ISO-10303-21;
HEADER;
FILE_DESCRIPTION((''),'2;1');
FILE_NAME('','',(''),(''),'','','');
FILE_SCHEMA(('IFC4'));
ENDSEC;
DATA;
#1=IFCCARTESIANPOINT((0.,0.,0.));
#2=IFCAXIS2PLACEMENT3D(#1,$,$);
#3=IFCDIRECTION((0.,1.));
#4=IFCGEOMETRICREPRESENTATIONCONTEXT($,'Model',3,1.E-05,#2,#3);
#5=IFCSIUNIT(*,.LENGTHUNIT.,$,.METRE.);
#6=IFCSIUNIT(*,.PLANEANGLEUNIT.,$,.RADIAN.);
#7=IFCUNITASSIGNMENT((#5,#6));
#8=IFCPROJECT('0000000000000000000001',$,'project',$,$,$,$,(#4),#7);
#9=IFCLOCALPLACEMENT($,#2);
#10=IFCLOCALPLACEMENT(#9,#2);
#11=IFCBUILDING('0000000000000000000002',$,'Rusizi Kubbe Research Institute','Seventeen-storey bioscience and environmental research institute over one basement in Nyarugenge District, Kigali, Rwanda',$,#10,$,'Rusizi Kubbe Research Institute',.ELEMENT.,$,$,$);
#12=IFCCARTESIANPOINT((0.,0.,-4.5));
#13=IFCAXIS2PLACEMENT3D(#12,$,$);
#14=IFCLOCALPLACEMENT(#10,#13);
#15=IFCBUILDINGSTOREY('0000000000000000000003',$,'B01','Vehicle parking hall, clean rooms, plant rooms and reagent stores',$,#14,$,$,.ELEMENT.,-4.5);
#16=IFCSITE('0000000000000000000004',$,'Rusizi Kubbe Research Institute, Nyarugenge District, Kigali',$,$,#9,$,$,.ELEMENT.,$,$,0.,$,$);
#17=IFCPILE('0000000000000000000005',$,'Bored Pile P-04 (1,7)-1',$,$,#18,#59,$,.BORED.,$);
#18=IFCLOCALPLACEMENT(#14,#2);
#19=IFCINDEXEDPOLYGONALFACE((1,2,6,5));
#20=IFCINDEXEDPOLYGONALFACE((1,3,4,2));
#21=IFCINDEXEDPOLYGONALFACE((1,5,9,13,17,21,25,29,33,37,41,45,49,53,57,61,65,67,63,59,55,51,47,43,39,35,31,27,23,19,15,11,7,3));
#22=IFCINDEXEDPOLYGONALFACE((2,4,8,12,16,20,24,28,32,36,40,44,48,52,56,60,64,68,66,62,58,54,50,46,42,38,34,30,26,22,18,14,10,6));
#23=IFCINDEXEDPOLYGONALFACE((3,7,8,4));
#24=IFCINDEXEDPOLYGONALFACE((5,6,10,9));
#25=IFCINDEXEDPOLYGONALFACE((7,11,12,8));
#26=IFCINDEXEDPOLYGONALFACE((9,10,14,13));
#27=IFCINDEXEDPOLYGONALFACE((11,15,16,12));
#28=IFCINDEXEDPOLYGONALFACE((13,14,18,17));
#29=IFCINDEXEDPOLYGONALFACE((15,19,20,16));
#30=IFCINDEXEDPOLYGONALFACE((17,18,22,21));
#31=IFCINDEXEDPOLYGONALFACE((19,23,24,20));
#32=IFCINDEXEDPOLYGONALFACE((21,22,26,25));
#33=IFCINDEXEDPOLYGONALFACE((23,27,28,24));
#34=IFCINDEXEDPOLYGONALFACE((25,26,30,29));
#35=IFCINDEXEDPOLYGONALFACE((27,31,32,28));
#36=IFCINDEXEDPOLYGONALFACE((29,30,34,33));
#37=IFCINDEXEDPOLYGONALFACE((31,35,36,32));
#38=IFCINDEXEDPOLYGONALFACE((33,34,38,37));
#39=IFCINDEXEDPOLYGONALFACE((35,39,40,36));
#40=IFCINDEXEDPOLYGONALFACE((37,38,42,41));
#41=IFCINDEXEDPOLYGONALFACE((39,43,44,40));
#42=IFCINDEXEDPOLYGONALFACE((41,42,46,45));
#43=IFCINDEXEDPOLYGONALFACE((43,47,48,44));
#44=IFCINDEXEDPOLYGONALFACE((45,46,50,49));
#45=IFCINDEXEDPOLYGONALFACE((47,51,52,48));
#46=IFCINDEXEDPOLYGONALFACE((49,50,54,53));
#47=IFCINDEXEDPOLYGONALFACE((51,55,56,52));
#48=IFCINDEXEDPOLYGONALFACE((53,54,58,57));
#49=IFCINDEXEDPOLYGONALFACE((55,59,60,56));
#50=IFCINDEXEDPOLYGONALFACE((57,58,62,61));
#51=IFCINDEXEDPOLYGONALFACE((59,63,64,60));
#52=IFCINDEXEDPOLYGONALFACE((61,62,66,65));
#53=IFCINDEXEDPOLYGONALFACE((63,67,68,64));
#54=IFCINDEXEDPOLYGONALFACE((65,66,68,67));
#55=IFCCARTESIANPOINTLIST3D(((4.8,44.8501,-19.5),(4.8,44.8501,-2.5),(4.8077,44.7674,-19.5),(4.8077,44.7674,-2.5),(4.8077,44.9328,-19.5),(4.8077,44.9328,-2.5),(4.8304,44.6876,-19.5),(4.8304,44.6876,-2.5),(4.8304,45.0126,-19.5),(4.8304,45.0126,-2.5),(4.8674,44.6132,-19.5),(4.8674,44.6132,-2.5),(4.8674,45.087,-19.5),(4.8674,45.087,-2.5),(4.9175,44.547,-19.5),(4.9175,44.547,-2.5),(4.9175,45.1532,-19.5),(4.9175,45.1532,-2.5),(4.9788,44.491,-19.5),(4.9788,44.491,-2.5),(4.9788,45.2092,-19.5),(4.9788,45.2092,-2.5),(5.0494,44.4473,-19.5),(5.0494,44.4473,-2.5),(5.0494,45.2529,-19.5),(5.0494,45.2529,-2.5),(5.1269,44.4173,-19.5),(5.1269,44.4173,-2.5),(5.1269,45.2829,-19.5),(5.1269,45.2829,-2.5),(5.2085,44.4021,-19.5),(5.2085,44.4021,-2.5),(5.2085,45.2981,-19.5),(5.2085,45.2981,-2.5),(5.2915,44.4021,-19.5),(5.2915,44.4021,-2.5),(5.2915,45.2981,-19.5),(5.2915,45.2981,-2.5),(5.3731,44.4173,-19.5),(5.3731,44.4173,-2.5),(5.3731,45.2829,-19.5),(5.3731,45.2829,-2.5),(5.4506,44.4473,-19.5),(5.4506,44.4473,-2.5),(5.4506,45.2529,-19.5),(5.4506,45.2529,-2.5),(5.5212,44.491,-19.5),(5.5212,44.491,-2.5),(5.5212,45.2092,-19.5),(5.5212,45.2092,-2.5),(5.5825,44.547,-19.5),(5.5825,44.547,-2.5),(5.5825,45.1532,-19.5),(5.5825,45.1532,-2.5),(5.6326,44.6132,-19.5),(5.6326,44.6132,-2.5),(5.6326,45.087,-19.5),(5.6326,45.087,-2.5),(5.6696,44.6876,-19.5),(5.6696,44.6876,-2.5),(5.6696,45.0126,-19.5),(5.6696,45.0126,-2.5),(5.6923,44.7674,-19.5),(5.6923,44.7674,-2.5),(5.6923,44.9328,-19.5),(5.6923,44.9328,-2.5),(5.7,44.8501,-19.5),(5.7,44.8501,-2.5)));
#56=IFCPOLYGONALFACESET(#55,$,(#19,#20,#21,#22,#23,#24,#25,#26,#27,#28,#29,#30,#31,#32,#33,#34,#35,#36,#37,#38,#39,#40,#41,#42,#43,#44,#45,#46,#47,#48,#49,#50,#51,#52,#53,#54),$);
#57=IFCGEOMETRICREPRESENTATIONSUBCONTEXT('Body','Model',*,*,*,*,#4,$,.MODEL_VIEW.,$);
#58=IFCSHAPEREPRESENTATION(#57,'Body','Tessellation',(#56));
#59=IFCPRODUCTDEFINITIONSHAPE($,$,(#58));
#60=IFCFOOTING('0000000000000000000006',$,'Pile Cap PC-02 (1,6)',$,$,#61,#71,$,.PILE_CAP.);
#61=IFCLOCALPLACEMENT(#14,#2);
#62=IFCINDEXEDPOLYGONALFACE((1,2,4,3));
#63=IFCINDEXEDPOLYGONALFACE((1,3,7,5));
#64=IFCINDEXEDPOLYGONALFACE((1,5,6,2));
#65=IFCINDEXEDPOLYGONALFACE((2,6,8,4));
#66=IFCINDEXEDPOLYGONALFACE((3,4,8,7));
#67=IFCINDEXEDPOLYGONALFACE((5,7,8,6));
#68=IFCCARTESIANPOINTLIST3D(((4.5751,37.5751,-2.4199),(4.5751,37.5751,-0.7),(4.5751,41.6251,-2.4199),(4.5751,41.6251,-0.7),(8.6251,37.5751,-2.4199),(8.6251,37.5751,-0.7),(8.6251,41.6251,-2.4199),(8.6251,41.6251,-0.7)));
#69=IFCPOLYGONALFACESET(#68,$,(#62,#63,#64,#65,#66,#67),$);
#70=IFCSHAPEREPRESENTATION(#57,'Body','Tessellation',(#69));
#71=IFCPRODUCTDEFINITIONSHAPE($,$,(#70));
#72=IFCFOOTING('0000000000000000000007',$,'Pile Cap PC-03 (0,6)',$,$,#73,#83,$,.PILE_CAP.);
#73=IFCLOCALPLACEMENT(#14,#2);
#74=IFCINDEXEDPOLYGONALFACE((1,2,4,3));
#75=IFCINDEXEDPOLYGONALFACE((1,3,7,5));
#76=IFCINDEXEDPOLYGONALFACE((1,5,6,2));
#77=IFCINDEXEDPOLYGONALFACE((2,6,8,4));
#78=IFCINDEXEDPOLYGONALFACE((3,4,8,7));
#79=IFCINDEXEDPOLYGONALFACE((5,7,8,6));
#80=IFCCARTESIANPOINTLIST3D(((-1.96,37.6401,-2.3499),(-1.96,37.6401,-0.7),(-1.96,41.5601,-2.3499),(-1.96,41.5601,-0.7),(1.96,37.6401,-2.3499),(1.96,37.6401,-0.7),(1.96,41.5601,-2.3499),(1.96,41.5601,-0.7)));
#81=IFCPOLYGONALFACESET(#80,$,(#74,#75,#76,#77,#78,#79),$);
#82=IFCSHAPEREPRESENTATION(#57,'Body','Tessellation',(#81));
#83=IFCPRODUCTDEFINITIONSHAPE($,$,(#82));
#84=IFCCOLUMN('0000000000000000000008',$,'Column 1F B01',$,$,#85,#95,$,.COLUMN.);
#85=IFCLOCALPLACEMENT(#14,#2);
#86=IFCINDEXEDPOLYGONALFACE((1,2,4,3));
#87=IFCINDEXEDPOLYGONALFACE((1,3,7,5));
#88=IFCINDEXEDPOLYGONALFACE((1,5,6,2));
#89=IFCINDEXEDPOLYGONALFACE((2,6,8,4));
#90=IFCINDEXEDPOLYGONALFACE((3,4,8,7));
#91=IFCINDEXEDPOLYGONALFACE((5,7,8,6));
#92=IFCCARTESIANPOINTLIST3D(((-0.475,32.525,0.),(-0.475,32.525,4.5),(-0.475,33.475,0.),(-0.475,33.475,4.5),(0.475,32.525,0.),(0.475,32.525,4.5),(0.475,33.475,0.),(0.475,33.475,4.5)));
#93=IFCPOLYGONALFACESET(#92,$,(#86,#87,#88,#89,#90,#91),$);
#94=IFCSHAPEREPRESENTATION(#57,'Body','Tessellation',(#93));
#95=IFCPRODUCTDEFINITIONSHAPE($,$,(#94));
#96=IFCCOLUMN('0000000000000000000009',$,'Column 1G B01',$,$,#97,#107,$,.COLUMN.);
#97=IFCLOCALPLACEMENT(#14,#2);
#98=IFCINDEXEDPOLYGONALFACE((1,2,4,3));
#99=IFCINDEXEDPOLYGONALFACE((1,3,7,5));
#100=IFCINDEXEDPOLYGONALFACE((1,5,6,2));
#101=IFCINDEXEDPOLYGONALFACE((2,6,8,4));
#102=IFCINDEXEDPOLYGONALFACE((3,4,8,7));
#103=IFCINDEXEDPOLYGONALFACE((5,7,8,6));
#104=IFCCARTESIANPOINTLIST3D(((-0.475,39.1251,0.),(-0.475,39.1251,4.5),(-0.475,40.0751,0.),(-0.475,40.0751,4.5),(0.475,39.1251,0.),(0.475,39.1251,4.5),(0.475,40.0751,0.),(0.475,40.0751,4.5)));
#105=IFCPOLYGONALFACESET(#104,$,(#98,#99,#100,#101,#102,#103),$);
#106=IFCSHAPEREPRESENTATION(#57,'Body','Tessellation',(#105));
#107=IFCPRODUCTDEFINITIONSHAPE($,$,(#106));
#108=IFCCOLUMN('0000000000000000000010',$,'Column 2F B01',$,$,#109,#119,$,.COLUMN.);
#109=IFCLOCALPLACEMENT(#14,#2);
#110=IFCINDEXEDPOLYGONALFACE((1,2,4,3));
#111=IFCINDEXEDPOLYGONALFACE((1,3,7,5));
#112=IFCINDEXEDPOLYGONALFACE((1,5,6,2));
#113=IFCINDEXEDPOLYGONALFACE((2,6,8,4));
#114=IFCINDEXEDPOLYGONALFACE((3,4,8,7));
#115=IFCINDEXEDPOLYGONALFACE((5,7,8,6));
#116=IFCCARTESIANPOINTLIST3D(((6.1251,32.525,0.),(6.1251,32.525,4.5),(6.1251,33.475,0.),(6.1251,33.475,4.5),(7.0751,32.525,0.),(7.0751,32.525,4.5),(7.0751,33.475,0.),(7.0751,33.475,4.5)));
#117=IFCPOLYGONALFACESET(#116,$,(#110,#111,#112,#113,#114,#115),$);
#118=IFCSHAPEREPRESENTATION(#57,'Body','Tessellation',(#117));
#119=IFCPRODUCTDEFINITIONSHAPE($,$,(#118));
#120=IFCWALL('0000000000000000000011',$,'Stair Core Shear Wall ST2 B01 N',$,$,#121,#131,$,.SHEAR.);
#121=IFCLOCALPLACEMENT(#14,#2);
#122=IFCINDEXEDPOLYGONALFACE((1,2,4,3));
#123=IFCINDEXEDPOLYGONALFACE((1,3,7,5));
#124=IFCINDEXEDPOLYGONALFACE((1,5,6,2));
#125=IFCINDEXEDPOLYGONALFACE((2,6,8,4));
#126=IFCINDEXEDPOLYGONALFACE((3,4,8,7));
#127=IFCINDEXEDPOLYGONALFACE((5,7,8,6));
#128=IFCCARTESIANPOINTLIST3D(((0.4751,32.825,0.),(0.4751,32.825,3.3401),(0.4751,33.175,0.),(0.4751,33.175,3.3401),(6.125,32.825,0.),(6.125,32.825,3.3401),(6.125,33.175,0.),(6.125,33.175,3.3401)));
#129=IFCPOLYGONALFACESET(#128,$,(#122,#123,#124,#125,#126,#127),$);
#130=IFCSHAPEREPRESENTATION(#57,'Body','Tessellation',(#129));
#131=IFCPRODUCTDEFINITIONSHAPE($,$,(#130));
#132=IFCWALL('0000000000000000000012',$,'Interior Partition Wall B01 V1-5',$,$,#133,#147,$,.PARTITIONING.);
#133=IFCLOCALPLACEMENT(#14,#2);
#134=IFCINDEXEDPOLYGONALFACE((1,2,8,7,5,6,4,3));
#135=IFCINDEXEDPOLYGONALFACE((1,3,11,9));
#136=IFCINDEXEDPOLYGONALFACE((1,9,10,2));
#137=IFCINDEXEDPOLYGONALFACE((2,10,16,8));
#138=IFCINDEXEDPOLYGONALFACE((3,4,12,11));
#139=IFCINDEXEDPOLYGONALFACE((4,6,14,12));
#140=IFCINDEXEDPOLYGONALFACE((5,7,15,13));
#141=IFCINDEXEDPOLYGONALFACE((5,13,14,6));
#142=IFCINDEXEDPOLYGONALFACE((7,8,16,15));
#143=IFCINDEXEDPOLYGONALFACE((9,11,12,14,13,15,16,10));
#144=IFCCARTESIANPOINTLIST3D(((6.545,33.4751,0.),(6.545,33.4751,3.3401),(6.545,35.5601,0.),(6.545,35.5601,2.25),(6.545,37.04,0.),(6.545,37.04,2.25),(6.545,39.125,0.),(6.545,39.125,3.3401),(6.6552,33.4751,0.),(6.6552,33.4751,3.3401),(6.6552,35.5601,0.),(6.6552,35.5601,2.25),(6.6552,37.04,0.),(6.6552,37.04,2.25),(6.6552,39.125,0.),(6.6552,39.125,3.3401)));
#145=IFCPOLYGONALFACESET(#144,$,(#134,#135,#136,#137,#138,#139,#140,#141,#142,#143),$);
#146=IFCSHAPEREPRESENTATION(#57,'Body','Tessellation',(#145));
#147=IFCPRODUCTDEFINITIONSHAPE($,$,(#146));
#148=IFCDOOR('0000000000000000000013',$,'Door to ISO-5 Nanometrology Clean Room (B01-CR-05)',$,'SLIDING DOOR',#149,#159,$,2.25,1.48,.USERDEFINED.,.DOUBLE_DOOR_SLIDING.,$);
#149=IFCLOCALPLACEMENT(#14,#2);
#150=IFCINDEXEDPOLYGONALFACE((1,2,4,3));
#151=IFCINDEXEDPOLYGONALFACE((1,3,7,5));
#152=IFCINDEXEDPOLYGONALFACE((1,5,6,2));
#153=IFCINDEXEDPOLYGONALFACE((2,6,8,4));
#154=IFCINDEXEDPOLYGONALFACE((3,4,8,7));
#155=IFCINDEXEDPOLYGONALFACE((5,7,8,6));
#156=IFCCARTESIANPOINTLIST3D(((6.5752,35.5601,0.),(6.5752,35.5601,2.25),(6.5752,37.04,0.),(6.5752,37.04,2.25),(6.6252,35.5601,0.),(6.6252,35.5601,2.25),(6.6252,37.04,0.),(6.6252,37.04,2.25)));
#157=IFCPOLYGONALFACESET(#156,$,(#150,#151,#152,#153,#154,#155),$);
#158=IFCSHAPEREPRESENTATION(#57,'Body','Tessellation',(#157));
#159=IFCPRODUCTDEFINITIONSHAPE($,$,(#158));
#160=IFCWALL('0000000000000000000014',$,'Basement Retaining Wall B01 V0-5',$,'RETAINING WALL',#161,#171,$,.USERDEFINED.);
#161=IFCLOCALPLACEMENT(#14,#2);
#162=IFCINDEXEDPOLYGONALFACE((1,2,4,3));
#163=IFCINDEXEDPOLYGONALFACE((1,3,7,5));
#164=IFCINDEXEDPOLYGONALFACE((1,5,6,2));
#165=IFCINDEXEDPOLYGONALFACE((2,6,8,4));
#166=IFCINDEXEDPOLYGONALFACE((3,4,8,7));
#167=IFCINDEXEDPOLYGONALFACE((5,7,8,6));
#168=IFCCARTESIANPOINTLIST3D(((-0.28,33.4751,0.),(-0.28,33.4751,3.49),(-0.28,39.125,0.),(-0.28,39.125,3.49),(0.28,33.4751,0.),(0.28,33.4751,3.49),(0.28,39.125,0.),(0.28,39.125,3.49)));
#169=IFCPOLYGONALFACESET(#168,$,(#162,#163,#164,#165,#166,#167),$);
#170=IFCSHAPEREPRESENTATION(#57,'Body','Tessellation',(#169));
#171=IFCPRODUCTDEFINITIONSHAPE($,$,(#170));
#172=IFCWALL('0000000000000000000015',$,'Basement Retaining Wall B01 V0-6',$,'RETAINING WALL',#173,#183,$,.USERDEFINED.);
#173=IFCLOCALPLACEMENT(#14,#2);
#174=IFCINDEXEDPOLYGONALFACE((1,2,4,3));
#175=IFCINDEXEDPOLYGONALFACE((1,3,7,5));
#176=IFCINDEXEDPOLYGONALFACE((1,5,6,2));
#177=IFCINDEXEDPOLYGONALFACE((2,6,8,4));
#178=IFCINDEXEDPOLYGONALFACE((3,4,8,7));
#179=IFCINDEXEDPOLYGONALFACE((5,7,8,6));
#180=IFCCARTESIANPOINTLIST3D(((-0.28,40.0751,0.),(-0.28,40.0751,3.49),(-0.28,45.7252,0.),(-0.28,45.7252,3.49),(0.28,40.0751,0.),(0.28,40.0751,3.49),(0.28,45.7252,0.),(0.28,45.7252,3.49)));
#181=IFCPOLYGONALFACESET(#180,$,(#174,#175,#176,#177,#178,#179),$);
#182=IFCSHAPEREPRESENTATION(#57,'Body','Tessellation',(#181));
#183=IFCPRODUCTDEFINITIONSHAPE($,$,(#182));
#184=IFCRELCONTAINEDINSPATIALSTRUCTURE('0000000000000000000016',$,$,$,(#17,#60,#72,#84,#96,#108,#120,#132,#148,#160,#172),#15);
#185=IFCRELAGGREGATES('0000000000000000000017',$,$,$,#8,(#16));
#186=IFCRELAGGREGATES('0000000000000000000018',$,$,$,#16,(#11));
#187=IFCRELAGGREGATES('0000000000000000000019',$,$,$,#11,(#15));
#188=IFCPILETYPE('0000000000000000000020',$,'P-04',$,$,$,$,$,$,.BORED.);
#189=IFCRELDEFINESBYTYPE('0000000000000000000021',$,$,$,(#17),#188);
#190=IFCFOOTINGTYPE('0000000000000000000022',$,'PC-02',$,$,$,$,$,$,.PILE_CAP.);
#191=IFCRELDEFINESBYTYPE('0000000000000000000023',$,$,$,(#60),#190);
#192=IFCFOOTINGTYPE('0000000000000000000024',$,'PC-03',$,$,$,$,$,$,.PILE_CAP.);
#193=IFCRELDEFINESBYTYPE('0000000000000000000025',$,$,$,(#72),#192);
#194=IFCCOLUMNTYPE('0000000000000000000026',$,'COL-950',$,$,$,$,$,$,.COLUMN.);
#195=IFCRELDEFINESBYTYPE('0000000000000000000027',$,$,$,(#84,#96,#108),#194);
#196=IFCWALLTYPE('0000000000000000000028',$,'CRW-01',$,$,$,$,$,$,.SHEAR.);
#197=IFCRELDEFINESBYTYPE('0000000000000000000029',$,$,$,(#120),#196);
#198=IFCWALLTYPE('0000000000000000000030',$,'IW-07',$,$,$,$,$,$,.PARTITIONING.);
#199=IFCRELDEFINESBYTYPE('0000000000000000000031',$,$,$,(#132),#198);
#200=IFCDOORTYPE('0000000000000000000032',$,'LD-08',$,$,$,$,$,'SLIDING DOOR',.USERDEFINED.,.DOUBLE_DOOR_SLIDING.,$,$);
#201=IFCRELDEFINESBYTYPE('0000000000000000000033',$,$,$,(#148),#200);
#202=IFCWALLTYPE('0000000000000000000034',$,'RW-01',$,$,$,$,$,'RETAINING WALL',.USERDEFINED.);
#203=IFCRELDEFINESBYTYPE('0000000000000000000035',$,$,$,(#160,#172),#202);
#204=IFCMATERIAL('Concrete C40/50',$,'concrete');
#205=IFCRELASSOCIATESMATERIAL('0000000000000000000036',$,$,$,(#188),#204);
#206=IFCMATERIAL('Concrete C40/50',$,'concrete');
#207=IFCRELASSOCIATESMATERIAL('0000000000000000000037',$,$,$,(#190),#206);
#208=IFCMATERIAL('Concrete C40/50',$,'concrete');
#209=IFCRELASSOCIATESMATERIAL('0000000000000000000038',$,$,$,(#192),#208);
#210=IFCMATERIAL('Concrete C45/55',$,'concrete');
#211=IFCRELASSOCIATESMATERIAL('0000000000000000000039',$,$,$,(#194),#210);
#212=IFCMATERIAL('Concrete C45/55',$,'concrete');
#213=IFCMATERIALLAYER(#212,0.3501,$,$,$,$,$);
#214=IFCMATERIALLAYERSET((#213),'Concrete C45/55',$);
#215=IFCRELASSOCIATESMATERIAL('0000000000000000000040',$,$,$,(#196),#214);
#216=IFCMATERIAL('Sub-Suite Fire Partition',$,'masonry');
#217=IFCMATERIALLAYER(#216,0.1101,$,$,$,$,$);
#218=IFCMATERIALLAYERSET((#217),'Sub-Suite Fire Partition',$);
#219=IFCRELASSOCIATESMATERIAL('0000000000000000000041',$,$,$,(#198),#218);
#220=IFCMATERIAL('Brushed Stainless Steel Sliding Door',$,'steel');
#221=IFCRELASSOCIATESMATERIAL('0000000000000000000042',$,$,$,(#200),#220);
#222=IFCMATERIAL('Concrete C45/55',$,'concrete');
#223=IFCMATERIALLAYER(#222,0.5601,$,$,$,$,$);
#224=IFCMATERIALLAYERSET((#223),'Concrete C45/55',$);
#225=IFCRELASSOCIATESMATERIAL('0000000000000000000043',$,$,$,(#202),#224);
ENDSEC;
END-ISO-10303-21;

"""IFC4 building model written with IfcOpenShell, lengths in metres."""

from ifc_helpers import new_model, si_unit, direction, frame, frame_2d, origin, origin_2d, place, context, subcontext, project, spatial, rectangle, circle, extrude, material, layer, layer_set, material_profile, profile_set, type_object, element, fill, save


model = new_model("IFC4")

# Units and contexts
model_context = context("Model", 3, precision=1e-05, world=origin(), true_north=direction((0.0, 1.0)))
body_context = subcontext(model_context, "Body", "Model", "MODEL_VIEW")
ifc_project = project(units=[si_unit("LENGTHUNIT", "METRE"), si_unit("PLANEANGLEUNIT", "RADIAN")], contexts=[model_context])

# Site, building, storey
site_placement = place(None, origin())
site = spatial("IfcSite", under=ifc_project, at=site_placement, Name="Rusizi Kubbe Research Institute, Nyarugenge District, Kigali", CompositionType="ELEMENT", RefElevation=0.0)
building_placement = place(site_placement, origin())
building = spatial("IfcBuilding", under=site, at=building_placement, Name="Rusizi Kubbe Research Institute", Description="Seventeen-storey bioscience and environmental research institute over one basement in Nyarugenge District, Kigali, Rwanda", LongName="Rusizi Kubbe Research Institute", CompositionType="ELEMENT")
storey_placement = place(building_placement, frame((0.0, 0.0, -4.5)))
storey = spatial("IfcBuildingStorey", under=building, at=storey_placement, Name="B01", Description="Vehicle parking hall, clean rooms, plant rooms and reagent stores", CompositionType="ELEMENT", Elevation=-4.5)

# Pile
ifc_material_1 = material(Name="Concrete C40/50", Category="concrete")
ifc_material_profile_1 = material_profile(ifc_material_1, circle(Radius=0.45, at=origin_2d()), Name="PILE-D900")
ifc_profile_set_1 = profile_set([ifc_material_profile_1], Name="Concrete C40/50")
pile_type_1 = type_object("IfcPileType", Name="P-04", PredefinedType="BORED", material=ifc_profile_set_1)
pile_placement = place(storey_placement, frame((5.25, 44.8501, -2.5), z_axis=(0.0, 0.0, -1.0), x_axis=(1.0, 0.0, 0.0)))
element("IfcPile", 1, at=pile_placement, inside=storey, type_object=pile_type_1, Name="Bored Pile P-04 (1,7)-1", PredefinedType="BORED", context=body_context, shape_type="SweptSolid", body=[
    extrude(circle(Radius=0.45, at=origin_2d()), origin(), (0.0, 0.0, 1.0), 17.0),
])

# Footings
ifc_material_2 = material(Name="Concrete C40/50", Category="concrete")
footing_type_1 = type_object("IfcFootingType", Name="PC-02", PredefinedType="PILE_CAP", material=ifc_material_2)
footing_1_placement = place(storey_placement, frame((6.6001, 39.6001, -2.4199), z_axis=(0.0, 0.0, 1.0), x_axis=(1.0, 0.0, 0.0)))
element("IfcFooting", 2, at=footing_1_placement, inside=storey, type_object=footing_type_1, Name="Pile Cap PC-02 (1,6)", PredefinedType="PILE_CAP", context=body_context, shape_type="SweptSolid", body=[
    extrude(rectangle(XDim=4.05, YDim=4.05, at=origin_2d()), origin(), (0.0, 0.0, 1.0), 1.72),
])
ifc_material_3 = material(Name="Concrete C40/50", Category="concrete")
footing_type_2 = type_object("IfcFootingType", Name="PC-03", PredefinedType="PILE_CAP", material=ifc_material_3)
footing_2_placement = place(storey_placement, frame((0.0, 39.6001, -2.3499), z_axis=(0.0, 0.0, 1.0), x_axis=(1.0, 0.0, 0.0)))
element("IfcFooting", 3, at=footing_2_placement, inside=storey, type_object=footing_type_2, Name="Pile Cap PC-03 (0,6)", PredefinedType="PILE_CAP", context=body_context, shape_type="SweptSolid", body=[
    extrude(rectangle(XDim=3.9199, YDim=3.9199, at=origin_2d()), origin(), (0.0, 0.0, 1.0), 1.6499),
])

# Columns
ifc_material_4 = material(Name="Concrete C45/55", Category="concrete")
ifc_material_profile_2 = material_profile(ifc_material_4, rectangle(XDim=0.95, YDim=0.95, at=origin_2d()), Name="RC950x950")
ifc_profile_set_2 = profile_set([ifc_material_profile_2], Name="Concrete C45/55")
column_type = type_object("IfcColumnType", Name="COL-950", PredefinedType="COLUMN", material=ifc_profile_set_2)
for number, where, z_axis, x_axis, name in (
    (4, (0.0, 33.0, 0.0), (0.0, 0.0, 1.0), (1.0, 0.0, 0.0), "Column 1F B01"),
    (5, (0.0, 39.6001, 0.0), (0.0, 0.0, 1.0), (1.0, 0.0, 0.0), "Column 1G B01"),
    (6, (6.6001, 33.0, 0.0), (0.0, 0.0, 1.0), (1.0, 0.0, 0.0), "Column 2F B01"),
):
    element("IfcColumn", number, at=place(storey_placement, frame(where, z_axis=z_axis, x_axis=x_axis)), inside=storey, type_object=column_type, Name=name, PredefinedType="COLUMN", context=body_context, shape_type="SweptSolid", body=[
        extrude(rectangle(XDim=0.95, YDim=0.95, at=origin_2d()), origin(), (0.0, 0.0, 1.0), 4.5),
    ])

# Wall
ifc_material_5 = material(Name="Concrete C45/55", Category="concrete")
ifc_layer_1 = layer(ifc_material_5, 0.3501)
ifc_layer_set_1 = layer_set([ifc_layer_1], Name="Concrete C45/55")
wall_type_1 = type_object("IfcWallType", Name="CRW-01", PredefinedType="SHEAR", material=ifc_layer_set_1)
wall_1_placement = place(storey_placement, frame((0.4751, 33.0, 0.0), z_axis=(0.0, 0.0, 1.0), x_axis=(1.0, 0.0, 0.0)))
element("IfcWall", 7, at=wall_1_placement, inside=storey, type_object=wall_type_1, Name="Stair Core Shear Wall ST2 B01 N", PredefinedType="SHEAR", context=body_context, shape_type="SweptSolid", body=[
    extrude(rectangle(XDim=5.6499, YDim=0.3501, at=frame_2d((2.825, 0.0))), origin(), (0.0, 0.0, 1.0), 3.3401),
])

# Wall, opening, door
ifc_material_6 = material(Name="Sub-Suite Fire Partition", Category="masonry")
ifc_layer_2 = layer(ifc_material_6, 0.1101)
ifc_layer_set_2 = layer_set([ifc_layer_2], Name="Sub-Suite Fire Partition")
wall_type_2 = type_object("IfcWallType", Name="IW-07", PredefinedType="PARTITIONING", material=ifc_layer_set_2)
wall_2_placement = place(storey_placement, frame((6.6001, 33.4751, 0.0), z_axis=(0.0, 0.0, 1.0), x_axis=(0.0, 1.0, 0.0)))
wall_2 = element("IfcWall", 8, at=wall_2_placement, inside=storey, type_object=wall_type_2, Name="Interior Partition Wall B01 V1-5", PredefinedType="PARTITIONING", context=body_context, shape_type="SweptSolid", body=[
    extrude(rectangle(XDim=5.6499, YDim=0.1101, at=frame_2d((2.825, 0.0))), origin(), (0.0, 0.0, 1.0), 3.3401),
])
opening_placement = place(wall_2_placement, frame((2.085, 0.0, 0.0)))
opening = element("IfcOpeningElement", 9, at=opening_placement, cuts=wall_2, PredefinedType="OPENING", context=body_context, shape_type="SweptSolid", body=[
    extrude(rectangle(XDim=1.48, YDim=2.25, at=frame_2d((0.74, 1.125))), frame((0.0, 0.0649, 0.0), z_axis=(0.0, -1.0, 0.0), x_axis=(1.0, 0.0, 0.0)), (0.0, 0.0, 1.0), 0.1301),
])
ifc_material_7 = material(Name="Brushed Stainless Steel Sliding Door", Category="steel")
door_type = type_object("IfcDoorType", Name="LD-08", ElementType="SLIDING DOOR", OperationType="DOUBLE_DOOR_SLIDING", PredefinedType="USERDEFINED", material=ifc_material_7)
door_placement = place(opening_placement, origin())
door = element("IfcDoor", 10, at=door_placement, inside=storey, type_object=door_type, Name="Door to ISO-5 Nanometrology Clean Room (B01-CR-05)", ObjectType="SLIDING DOOR", OperationType="DOUBLE_DOOR_SLIDING", OverallHeight=2.25, OverallWidth=1.48, PredefinedType="USERDEFINED", context=body_context, shape_type="SweptSolid", body=[
    extrude(rectangle(XDim=1.48, YDim=2.25, at=frame_2d((0.74, 1.125))), frame((0.0, 0.0249, 0.0), z_axis=(0.0, -1.0, 0.0), x_axis=(1.0, 0.0, 0.0)), (0.0, 0.0, 1.0), 0.05),
])
fill(opening, door)

# Walls
ifc_material_8 = material(Name="Concrete C45/55", Category="concrete")
ifc_layer_3 = layer(ifc_material_8, 0.5601)
ifc_layer_set_3 = layer_set([ifc_layer_3], Name="Concrete C45/55")
wall_type_3 = type_object("IfcWallType", Name="RW-01", ElementType="RETAINING WALL", PredefinedType="USERDEFINED", material=ifc_layer_set_3)
wall_3_placement = place(storey_placement, frame((0.0, 33.4751, 0.0), z_axis=(0.0, 0.0, 1.0), x_axis=(0.0, 1.0, 0.0)))
element("IfcWall", 11, at=wall_3_placement, inside=storey, type_object=wall_type_3, Name="Basement Retaining Wall B01 V0-5", ObjectType="RETAINING WALL", PredefinedType="USERDEFINED", context=body_context, shape_type="SweptSolid", body=[
    extrude(rectangle(XDim=5.6499, YDim=0.5601, at=frame_2d((2.825, 0.0))), origin(), (0.0, 0.0, 1.0), 3.49),
])
wall_4_placement = place(storey_placement, frame((0.0, 40.075, 0.0), z_axis=(0.0, 0.0, 1.0), x_axis=(0.0, 1.0, 0.0)))
element("IfcWall", 12, at=wall_4_placement, inside=storey, type_object=wall_type_3, Name="Basement Retaining Wall B01 V0-6", ObjectType="RETAINING WALL", PredefinedType="USERDEFINED", context=body_context, shape_type="SweptSolid", body=[
    extrude(rectangle(XDim=5.6501, YDim=0.5601, at=frame_2d((2.8252, 0.0))), origin(), (0.0, 0.0, 1.0), 3.49),
])

save(model, "model.ifc")
